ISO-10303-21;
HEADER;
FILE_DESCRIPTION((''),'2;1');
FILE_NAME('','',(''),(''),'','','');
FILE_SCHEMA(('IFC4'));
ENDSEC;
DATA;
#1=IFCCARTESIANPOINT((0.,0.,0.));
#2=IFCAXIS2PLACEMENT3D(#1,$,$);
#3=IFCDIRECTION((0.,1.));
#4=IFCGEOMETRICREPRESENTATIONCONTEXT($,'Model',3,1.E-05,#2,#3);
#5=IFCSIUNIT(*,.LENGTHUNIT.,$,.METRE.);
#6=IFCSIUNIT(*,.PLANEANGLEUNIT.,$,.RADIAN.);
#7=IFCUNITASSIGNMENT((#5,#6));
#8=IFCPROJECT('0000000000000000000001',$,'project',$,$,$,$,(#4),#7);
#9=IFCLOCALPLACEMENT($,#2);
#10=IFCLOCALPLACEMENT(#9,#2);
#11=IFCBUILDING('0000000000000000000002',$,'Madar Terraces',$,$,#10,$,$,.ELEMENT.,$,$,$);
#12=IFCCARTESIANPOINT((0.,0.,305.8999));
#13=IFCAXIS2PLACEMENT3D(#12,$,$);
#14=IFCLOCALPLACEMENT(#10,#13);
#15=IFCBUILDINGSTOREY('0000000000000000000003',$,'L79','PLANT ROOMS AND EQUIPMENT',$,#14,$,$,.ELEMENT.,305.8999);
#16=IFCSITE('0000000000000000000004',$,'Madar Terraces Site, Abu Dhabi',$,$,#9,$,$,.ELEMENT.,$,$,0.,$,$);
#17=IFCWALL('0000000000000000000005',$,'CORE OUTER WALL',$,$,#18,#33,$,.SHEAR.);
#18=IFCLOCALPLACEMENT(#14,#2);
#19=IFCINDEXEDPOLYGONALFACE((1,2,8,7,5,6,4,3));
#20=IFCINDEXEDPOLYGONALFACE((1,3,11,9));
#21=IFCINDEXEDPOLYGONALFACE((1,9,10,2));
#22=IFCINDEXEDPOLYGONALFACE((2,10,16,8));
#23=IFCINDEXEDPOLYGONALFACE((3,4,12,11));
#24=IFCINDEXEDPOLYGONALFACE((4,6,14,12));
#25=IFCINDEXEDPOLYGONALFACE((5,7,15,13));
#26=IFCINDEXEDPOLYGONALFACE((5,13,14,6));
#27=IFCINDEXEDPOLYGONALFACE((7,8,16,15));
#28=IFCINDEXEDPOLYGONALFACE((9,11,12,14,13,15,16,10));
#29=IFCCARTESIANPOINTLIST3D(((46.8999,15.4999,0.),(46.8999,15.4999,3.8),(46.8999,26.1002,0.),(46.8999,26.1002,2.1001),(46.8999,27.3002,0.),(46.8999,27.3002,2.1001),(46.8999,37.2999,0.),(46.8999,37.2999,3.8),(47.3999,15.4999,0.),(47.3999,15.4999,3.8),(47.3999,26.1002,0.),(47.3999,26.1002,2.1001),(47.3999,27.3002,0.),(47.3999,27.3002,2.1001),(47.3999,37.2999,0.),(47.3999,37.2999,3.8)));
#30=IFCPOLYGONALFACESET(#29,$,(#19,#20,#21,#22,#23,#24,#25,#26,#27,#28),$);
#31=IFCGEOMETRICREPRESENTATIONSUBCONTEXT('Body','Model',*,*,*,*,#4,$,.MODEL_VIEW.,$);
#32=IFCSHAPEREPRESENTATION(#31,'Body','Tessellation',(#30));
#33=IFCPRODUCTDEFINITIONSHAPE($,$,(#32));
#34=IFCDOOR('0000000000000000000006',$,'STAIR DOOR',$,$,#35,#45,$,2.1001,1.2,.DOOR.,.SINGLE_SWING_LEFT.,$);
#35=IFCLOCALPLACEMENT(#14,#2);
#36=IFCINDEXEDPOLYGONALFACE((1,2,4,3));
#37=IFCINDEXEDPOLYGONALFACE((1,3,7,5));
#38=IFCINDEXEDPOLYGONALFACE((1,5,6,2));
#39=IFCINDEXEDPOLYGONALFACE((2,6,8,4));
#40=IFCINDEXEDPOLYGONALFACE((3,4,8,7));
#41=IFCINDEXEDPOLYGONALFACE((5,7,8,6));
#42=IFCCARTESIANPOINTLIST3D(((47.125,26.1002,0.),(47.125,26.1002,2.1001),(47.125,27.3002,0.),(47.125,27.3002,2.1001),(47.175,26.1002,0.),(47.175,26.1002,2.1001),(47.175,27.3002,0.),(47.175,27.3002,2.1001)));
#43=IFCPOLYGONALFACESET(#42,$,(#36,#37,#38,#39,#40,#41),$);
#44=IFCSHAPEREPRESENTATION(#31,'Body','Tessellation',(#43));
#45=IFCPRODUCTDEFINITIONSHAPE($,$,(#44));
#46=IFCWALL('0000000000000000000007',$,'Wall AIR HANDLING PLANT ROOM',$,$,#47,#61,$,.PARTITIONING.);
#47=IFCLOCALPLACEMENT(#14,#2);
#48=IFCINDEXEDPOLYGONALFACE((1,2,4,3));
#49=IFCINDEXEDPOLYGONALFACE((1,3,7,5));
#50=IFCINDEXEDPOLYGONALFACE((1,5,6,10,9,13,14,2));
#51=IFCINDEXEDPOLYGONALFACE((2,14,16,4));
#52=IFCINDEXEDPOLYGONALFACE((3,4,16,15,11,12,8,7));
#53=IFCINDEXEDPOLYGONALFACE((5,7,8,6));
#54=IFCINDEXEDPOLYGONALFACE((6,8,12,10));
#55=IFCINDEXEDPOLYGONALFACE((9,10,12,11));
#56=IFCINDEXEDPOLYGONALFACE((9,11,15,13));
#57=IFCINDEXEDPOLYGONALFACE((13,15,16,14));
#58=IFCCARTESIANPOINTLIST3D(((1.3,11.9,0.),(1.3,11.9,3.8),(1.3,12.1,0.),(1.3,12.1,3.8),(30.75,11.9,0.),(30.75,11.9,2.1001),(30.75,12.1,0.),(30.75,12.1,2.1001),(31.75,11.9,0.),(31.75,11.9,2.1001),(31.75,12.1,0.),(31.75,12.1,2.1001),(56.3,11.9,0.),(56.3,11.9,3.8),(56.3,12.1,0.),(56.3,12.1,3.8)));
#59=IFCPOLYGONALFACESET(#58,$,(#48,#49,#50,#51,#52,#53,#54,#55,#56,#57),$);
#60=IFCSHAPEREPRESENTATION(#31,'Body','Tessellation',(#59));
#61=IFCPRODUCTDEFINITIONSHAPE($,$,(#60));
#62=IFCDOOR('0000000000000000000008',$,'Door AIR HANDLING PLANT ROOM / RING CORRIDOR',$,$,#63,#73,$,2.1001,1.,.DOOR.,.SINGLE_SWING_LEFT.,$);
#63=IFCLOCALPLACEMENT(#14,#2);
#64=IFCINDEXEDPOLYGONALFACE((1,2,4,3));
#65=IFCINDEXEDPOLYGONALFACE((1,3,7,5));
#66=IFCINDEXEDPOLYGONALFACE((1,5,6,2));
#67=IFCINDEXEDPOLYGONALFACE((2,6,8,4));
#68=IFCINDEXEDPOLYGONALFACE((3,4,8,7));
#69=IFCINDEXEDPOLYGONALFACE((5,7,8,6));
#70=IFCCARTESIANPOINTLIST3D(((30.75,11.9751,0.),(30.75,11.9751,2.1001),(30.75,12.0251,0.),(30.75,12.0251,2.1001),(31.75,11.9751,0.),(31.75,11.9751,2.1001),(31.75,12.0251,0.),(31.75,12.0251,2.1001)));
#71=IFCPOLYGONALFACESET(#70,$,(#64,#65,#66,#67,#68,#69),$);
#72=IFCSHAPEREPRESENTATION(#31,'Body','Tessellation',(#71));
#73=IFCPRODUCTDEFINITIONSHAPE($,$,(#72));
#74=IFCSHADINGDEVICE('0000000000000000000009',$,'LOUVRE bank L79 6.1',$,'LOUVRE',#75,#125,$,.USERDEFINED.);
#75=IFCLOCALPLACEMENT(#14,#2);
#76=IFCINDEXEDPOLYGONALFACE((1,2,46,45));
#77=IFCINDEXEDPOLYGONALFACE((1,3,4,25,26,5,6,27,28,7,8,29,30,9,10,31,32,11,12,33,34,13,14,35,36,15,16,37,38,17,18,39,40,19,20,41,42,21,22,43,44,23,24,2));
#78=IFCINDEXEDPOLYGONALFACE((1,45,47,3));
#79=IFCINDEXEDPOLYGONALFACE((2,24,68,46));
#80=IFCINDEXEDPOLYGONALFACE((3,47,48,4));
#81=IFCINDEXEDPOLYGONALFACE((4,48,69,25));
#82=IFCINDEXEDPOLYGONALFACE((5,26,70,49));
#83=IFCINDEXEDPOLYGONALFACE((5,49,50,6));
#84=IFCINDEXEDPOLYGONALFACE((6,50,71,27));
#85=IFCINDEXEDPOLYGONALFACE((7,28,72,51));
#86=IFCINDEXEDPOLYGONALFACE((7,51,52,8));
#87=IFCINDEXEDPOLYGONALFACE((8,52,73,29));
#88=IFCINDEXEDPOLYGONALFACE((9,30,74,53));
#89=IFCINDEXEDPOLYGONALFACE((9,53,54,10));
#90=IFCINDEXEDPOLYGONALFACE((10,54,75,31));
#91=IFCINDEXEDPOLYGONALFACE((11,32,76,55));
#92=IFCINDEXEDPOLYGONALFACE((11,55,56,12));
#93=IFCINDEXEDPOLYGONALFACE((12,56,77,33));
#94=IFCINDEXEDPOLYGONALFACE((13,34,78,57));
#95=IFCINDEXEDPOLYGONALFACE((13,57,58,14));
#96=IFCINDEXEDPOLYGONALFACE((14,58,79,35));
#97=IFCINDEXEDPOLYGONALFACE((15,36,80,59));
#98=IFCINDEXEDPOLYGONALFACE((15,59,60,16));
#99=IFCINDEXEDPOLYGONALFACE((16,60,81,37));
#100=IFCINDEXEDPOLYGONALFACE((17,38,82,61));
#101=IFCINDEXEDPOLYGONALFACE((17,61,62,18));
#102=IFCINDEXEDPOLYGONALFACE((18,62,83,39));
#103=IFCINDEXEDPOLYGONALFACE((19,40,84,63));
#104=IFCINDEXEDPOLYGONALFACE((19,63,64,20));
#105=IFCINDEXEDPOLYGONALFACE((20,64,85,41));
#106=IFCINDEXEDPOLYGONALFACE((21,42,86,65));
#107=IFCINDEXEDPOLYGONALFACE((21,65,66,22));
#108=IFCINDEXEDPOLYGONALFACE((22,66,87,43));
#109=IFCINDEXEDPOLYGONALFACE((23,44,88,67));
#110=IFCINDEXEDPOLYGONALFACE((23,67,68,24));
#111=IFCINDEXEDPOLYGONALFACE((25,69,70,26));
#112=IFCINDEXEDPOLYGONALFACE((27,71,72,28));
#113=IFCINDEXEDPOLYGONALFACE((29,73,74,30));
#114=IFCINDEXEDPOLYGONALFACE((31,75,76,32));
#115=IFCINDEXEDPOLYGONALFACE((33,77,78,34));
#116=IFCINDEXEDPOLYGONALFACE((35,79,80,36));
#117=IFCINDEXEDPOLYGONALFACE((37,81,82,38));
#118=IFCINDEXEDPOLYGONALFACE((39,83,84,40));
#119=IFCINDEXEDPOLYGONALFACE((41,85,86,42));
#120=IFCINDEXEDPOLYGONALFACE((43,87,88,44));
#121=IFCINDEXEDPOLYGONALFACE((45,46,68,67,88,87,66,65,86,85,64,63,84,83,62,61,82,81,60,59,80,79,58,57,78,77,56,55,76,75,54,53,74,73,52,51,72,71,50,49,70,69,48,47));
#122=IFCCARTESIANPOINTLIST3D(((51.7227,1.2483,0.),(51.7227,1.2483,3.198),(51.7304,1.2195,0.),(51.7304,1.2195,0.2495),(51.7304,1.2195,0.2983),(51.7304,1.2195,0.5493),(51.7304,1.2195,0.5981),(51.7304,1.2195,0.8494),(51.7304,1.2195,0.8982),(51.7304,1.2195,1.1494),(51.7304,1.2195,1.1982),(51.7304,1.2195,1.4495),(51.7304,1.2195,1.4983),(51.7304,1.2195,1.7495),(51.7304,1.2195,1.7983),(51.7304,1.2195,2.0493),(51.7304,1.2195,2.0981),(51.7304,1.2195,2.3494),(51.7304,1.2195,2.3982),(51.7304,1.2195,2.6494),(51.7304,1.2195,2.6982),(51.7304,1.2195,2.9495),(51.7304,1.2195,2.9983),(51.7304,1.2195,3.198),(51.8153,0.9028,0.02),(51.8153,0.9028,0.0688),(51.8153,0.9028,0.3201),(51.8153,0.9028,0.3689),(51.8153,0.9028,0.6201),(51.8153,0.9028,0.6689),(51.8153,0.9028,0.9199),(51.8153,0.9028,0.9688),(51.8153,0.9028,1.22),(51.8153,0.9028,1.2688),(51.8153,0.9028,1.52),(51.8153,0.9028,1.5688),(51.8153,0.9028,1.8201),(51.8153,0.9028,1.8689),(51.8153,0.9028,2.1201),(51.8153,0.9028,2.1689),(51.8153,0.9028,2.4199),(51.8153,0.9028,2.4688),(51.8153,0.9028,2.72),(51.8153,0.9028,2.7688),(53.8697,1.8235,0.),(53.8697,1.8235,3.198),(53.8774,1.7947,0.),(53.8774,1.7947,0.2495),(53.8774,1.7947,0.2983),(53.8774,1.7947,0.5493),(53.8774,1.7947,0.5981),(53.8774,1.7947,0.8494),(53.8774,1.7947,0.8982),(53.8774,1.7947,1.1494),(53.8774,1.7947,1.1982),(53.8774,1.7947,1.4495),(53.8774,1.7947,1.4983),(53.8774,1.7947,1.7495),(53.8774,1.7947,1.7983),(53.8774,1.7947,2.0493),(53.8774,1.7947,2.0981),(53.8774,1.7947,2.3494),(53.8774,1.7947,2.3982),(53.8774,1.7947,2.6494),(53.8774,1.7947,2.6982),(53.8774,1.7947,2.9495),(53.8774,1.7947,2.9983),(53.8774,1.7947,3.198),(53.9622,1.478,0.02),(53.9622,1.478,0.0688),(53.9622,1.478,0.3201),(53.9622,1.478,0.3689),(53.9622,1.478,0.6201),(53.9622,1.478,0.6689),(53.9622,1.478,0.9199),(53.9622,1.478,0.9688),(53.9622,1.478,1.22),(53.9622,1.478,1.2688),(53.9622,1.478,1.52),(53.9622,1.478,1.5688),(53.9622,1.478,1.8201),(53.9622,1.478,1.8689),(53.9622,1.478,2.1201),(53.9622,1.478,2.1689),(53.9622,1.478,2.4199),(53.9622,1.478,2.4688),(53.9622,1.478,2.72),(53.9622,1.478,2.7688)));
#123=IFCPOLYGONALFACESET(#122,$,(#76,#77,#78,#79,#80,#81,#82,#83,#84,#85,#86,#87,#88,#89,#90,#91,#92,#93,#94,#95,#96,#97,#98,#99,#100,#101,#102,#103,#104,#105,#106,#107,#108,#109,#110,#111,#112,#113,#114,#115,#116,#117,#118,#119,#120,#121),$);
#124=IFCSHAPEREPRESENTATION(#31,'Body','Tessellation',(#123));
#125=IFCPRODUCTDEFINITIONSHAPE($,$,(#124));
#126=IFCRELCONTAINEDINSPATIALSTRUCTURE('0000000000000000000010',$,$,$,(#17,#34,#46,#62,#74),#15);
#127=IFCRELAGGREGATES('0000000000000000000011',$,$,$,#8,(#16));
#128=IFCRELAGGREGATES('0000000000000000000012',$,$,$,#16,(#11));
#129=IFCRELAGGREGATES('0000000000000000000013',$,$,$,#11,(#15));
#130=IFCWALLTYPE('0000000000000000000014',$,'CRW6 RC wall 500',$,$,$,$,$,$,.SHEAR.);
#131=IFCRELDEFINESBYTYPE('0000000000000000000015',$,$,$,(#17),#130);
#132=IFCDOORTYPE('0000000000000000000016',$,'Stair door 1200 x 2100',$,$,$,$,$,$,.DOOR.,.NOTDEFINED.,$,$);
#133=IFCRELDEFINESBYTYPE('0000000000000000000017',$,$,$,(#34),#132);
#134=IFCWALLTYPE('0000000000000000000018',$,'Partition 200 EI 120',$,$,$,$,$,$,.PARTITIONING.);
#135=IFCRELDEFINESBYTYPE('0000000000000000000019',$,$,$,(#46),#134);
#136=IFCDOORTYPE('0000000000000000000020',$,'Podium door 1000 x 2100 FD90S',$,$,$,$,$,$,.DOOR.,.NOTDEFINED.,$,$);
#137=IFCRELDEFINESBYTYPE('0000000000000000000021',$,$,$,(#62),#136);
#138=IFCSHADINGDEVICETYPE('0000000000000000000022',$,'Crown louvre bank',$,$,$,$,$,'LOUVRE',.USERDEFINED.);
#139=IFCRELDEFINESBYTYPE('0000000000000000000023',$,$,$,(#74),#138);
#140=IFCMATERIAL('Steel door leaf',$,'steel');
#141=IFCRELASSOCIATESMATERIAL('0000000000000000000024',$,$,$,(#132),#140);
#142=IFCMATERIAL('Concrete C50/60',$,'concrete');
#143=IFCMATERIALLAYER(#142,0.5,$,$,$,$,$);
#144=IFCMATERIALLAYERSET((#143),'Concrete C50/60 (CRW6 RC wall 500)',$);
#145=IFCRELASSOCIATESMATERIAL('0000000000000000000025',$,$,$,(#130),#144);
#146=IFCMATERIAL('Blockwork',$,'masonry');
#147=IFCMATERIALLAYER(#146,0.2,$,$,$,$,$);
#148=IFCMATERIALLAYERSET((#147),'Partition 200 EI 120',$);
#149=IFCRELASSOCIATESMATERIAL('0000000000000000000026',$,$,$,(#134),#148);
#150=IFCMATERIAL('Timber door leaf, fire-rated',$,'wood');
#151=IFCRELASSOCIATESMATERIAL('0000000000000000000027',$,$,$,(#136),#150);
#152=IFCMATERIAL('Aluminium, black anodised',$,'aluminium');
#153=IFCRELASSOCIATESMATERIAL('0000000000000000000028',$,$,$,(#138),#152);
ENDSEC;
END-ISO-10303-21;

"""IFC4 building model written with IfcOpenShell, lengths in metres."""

from ifc_helpers import new_model, si_unit, direction, frame, frame_2d, origin, place, context, subcontext, project, spatial, polyline, rectangle, outline, extrude, material, layer, layer_set, type_object, element, fill, save


model = new_model("IFC4")

# Units and contexts
model_context = context("Model", 3, precision=1e-05, world=origin(), true_north=direction((0.0, 1.0)))
body_context = subcontext(model_context, "Body", "Model", "MODEL_VIEW")
ifc_project = project(units=[si_unit("LENGTHUNIT", "METRE"), si_unit("PLANEANGLEUNIT", "RADIAN")], contexts=[model_context])

# Site, building, storey
site_placement = place(None, origin())
site = spatial("IfcSite", under=ifc_project, at=site_placement, Name="Madar Terraces Site, Abu Dhabi", CompositionType="ELEMENT", RefElevation=0.0)
building_placement = place(site_placement, origin())
building = spatial("IfcBuilding", under=site, at=building_placement, Name="Madar Terraces", CompositionType="ELEMENT")
storey_placement = place(building_placement, frame((0.0, 0.0, 305.8999)))
storey = spatial("IfcBuildingStorey", under=building, at=storey_placement, Name="L79", Description="PLANT ROOMS AND EQUIPMENT", CompositionType="ELEMENT", Elevation=305.8999)

# Walls, openings, doors
ifc_material_1 = material(Name="Steel door leaf", Category="steel")
door_type_1 = type_object("IfcDoorType", Name="Stair door 1200 x 2100", OperationType="NOTDEFINED", PredefinedType="DOOR", material=ifc_material_1)
ifc_material_2 = material(Name="Concrete C50/60", Category="concrete")
ifc_layer_1 = layer(ifc_material_2, 0.5)
ifc_layer_set_1 = layer_set([ifc_layer_1], Name="Concrete C50/60 (CRW6 RC wall 500)")
wall_type_1 = type_object("IfcWallType", Name="CRW6 RC wall 500", PredefinedType="SHEAR", material=ifc_layer_set_1)
wall_1_placement = place(storey_placement, frame((47.1499, 15.5, 0.0), z_axis=(0.0, 0.0, 1.0), x_axis=(0.0, 1.0, 0.0)))
wall_1 = element("IfcWall", 1, at=wall_1_placement, inside=storey, type_object=wall_type_1, Name="CORE OUTER WALL", PredefinedType="SHEAR", context=body_context, shape_type="SweptSolid", body=[
    extrude(rectangle(XDim=21.8, YDim=0.5, at=frame_2d((10.8999, 0.0))), origin(), (0.0, 0.0, 1.0), 3.8),
])
opening_1_placement = place(wall_1_placement, frame((10.6001, 0.0, 0.0)))
opening_1 = element("IfcOpeningElement", 2, at=opening_1_placement, cuts=wall_1, PredefinedType="OPENING", context=body_context, shape_type="SweptSolid", body=[
    extrude(rectangle(XDim=1.2, YDim=2.1001, at=frame_2d((0.6001, 1.05))), frame((0.0, 0.26, 0.0), z_axis=(0.0, -1.0, 0.0), x_axis=(1.0, 0.0, 0.0)), (0.0, 0.0, 1.0), 0.52),
])
door_1_placement = place(opening_1_placement, origin())
door_1 = element("IfcDoor", 3, at=door_1_placement, inside=storey, type_object=door_type_1, Name="STAIR DOOR", OperationType="SINGLE_SWING_LEFT", OverallHeight=2.1001, OverallWidth=1.2, PredefinedType="DOOR", context=body_context, shape_type="SweptSolid", body=[
    extrude(rectangle(XDim=1.2, YDim=2.1001, at=frame_2d((0.6001, 1.05))), frame((0.0, 0.0249, 0.0), z_axis=(0.0, -1.0, 0.0), x_axis=(1.0, 0.0, 0.0)), (0.0, 0.0, 1.0), 0.05),
])
fill(opening_1, door_1)
ifc_material_3 = material(Name="Blockwork", Category="masonry")
ifc_layer_2 = layer(ifc_material_3, 0.2)
ifc_layer_set_2 = layer_set([ifc_layer_2], Name="Partition 200 EI 120")
wall_type_2 = type_object("IfcWallType", Name="Partition 200 EI 120", PredefinedType="PARTITIONING", material=ifc_layer_set_2)
wall_2_placement = place(storey_placement, frame((56.3, 12.0, 0.0), z_axis=(0.0, 0.0, 1.0), x_axis=(-1.0, 0.0, 0.0)))
wall_2 = element("IfcWall", 4, at=wall_2_placement, inside=storey, type_object=wall_type_2, Name="Wall AIR HANDLING PLANT ROOM", PredefinedType="PARTITIONING", context=body_context, shape_type="SweptSolid", body=[
    extrude(rectangle(XDim=55.0, YDim=0.2, at=frame_2d((27.5, 0.0))), origin(), (0.0, 0.0, 1.0), 3.8),
])
opening_2_placement = place(wall_2_placement, frame((24.55, 0.0, 0.0)))
opening_2 = element("IfcOpeningElement", 5, at=opening_2_placement, cuts=wall_2, PredefinedType="OPENING", context=body_context, shape_type="SweptSolid", body=[
    extrude(rectangle(XDim=1.0, YDim=2.1001, at=frame_2d((0.5, 1.05))), frame((0.0, 0.1099, 0.0), z_axis=(0.0, -1.0, 0.0), x_axis=(1.0, 0.0, 0.0)), (0.0, 0.0, 1.0), 0.22),
])
ifc_material_4 = material(Name="Timber door leaf, fire-rated", Category="wood")
door_type_2 = type_object("IfcDoorType", Name="Podium door 1000 x 2100 FD90S", OperationType="NOTDEFINED", PredefinedType="DOOR", material=ifc_material_4)
door_2_placement = place(opening_2_placement, origin())
door_2 = element("IfcDoor", 6, at=door_2_placement, inside=storey, type_object=door_type_2, Name="Door AIR HANDLING PLANT ROOM / RING CORRIDOR", OperationType="SINGLE_SWING_LEFT", OverallHeight=2.1001, OverallWidth=1.0, PredefinedType="DOOR", context=body_context, shape_type="SweptSolid", body=[
    extrude(rectangle(XDim=1.0, YDim=2.1001, at=frame_2d((0.5, 1.05))), frame((0.0, 0.0249, 0.0), z_axis=(0.0, -1.0, 0.0), x_axis=(1.0, 0.0, 0.0)), (0.0, 0.0, 1.0), 0.05),
])
fill(opening_2, door_2)

# Shading device
ifc_material_5 = material(Name="Aluminium, black anodised", Category="aluminium")
shading_device_type = type_object("IfcShadingDeviceType", Name="Crown louvre bank", ElementType="LOUVRE", PredefinedType="USERDEFINED", material=ifc_material_5)
shading_device_1_placement = place(storey_placement, frame((51.7266, 1.2339, 0.0), z_axis=(0.965935, 0.258784, 0.0), x_axis=(-0.258784, 0.965935, 0.0)))
element("IfcShadingDevice", 7, at=shading_device_1_placement, inside=storey, type_object=shading_device_type, Name="LOUVRE bank L79 6.1", ObjectType="LOUVRE", PredefinedType="USERDEFINED", context=body_context, shape_type="SweptSolid", body=[
    extrude(outline(polyline([(0.0149, 0.0), (-0.0149, 0.0), (-0.0149, 0.2495), (-0.3428, 0.02), (-0.3428, 0.0688), (-0.0149, 0.2983), (-0.0149, 0.5493), (-0.3428, 0.3201), (-0.3428, 0.3689), (-0.0149, 0.5981), (-0.0149, 0.8494), (-0.3428, 0.6201), (-0.3428, 0.6689), (-0.0149, 0.8982), (-0.0149, 1.1494), (-0.3428, 0.9199), (-0.3428, 0.9688), (-0.0149, 1.1982), (-0.0149, 1.4495), (-0.3428, 1.22), (-0.3428, 1.2688), (-0.0149, 1.4983), (-0.0149, 1.7495), (-0.3428, 1.52), (-0.3428, 1.5688), (-0.0149, 1.7983), (-0.0149, 2.0493), (-0.3428, 1.8201), (-0.3428, 1.8689), (-0.0149, 2.0981), (-0.0149, 2.3494), (-0.3428, 2.1201), (-0.3428, 2.1689), (-0.0149, 2.3982), (-0.0149, 2.6494), (-0.3428, 2.4199), (-0.3428, 2.4688), (-0.0149, 2.6982), (-0.0149, 2.9495), (-0.3428, 2.72), (-0.3428, 2.7688), (-0.0149, 2.9983), (-0.0149, 3.198), (0.0149, 3.198), (0.0149, 0.0)])), origin(), (0.0, 0.0, 1.0), 2.2227),
])

save(model, "model.ifc")
